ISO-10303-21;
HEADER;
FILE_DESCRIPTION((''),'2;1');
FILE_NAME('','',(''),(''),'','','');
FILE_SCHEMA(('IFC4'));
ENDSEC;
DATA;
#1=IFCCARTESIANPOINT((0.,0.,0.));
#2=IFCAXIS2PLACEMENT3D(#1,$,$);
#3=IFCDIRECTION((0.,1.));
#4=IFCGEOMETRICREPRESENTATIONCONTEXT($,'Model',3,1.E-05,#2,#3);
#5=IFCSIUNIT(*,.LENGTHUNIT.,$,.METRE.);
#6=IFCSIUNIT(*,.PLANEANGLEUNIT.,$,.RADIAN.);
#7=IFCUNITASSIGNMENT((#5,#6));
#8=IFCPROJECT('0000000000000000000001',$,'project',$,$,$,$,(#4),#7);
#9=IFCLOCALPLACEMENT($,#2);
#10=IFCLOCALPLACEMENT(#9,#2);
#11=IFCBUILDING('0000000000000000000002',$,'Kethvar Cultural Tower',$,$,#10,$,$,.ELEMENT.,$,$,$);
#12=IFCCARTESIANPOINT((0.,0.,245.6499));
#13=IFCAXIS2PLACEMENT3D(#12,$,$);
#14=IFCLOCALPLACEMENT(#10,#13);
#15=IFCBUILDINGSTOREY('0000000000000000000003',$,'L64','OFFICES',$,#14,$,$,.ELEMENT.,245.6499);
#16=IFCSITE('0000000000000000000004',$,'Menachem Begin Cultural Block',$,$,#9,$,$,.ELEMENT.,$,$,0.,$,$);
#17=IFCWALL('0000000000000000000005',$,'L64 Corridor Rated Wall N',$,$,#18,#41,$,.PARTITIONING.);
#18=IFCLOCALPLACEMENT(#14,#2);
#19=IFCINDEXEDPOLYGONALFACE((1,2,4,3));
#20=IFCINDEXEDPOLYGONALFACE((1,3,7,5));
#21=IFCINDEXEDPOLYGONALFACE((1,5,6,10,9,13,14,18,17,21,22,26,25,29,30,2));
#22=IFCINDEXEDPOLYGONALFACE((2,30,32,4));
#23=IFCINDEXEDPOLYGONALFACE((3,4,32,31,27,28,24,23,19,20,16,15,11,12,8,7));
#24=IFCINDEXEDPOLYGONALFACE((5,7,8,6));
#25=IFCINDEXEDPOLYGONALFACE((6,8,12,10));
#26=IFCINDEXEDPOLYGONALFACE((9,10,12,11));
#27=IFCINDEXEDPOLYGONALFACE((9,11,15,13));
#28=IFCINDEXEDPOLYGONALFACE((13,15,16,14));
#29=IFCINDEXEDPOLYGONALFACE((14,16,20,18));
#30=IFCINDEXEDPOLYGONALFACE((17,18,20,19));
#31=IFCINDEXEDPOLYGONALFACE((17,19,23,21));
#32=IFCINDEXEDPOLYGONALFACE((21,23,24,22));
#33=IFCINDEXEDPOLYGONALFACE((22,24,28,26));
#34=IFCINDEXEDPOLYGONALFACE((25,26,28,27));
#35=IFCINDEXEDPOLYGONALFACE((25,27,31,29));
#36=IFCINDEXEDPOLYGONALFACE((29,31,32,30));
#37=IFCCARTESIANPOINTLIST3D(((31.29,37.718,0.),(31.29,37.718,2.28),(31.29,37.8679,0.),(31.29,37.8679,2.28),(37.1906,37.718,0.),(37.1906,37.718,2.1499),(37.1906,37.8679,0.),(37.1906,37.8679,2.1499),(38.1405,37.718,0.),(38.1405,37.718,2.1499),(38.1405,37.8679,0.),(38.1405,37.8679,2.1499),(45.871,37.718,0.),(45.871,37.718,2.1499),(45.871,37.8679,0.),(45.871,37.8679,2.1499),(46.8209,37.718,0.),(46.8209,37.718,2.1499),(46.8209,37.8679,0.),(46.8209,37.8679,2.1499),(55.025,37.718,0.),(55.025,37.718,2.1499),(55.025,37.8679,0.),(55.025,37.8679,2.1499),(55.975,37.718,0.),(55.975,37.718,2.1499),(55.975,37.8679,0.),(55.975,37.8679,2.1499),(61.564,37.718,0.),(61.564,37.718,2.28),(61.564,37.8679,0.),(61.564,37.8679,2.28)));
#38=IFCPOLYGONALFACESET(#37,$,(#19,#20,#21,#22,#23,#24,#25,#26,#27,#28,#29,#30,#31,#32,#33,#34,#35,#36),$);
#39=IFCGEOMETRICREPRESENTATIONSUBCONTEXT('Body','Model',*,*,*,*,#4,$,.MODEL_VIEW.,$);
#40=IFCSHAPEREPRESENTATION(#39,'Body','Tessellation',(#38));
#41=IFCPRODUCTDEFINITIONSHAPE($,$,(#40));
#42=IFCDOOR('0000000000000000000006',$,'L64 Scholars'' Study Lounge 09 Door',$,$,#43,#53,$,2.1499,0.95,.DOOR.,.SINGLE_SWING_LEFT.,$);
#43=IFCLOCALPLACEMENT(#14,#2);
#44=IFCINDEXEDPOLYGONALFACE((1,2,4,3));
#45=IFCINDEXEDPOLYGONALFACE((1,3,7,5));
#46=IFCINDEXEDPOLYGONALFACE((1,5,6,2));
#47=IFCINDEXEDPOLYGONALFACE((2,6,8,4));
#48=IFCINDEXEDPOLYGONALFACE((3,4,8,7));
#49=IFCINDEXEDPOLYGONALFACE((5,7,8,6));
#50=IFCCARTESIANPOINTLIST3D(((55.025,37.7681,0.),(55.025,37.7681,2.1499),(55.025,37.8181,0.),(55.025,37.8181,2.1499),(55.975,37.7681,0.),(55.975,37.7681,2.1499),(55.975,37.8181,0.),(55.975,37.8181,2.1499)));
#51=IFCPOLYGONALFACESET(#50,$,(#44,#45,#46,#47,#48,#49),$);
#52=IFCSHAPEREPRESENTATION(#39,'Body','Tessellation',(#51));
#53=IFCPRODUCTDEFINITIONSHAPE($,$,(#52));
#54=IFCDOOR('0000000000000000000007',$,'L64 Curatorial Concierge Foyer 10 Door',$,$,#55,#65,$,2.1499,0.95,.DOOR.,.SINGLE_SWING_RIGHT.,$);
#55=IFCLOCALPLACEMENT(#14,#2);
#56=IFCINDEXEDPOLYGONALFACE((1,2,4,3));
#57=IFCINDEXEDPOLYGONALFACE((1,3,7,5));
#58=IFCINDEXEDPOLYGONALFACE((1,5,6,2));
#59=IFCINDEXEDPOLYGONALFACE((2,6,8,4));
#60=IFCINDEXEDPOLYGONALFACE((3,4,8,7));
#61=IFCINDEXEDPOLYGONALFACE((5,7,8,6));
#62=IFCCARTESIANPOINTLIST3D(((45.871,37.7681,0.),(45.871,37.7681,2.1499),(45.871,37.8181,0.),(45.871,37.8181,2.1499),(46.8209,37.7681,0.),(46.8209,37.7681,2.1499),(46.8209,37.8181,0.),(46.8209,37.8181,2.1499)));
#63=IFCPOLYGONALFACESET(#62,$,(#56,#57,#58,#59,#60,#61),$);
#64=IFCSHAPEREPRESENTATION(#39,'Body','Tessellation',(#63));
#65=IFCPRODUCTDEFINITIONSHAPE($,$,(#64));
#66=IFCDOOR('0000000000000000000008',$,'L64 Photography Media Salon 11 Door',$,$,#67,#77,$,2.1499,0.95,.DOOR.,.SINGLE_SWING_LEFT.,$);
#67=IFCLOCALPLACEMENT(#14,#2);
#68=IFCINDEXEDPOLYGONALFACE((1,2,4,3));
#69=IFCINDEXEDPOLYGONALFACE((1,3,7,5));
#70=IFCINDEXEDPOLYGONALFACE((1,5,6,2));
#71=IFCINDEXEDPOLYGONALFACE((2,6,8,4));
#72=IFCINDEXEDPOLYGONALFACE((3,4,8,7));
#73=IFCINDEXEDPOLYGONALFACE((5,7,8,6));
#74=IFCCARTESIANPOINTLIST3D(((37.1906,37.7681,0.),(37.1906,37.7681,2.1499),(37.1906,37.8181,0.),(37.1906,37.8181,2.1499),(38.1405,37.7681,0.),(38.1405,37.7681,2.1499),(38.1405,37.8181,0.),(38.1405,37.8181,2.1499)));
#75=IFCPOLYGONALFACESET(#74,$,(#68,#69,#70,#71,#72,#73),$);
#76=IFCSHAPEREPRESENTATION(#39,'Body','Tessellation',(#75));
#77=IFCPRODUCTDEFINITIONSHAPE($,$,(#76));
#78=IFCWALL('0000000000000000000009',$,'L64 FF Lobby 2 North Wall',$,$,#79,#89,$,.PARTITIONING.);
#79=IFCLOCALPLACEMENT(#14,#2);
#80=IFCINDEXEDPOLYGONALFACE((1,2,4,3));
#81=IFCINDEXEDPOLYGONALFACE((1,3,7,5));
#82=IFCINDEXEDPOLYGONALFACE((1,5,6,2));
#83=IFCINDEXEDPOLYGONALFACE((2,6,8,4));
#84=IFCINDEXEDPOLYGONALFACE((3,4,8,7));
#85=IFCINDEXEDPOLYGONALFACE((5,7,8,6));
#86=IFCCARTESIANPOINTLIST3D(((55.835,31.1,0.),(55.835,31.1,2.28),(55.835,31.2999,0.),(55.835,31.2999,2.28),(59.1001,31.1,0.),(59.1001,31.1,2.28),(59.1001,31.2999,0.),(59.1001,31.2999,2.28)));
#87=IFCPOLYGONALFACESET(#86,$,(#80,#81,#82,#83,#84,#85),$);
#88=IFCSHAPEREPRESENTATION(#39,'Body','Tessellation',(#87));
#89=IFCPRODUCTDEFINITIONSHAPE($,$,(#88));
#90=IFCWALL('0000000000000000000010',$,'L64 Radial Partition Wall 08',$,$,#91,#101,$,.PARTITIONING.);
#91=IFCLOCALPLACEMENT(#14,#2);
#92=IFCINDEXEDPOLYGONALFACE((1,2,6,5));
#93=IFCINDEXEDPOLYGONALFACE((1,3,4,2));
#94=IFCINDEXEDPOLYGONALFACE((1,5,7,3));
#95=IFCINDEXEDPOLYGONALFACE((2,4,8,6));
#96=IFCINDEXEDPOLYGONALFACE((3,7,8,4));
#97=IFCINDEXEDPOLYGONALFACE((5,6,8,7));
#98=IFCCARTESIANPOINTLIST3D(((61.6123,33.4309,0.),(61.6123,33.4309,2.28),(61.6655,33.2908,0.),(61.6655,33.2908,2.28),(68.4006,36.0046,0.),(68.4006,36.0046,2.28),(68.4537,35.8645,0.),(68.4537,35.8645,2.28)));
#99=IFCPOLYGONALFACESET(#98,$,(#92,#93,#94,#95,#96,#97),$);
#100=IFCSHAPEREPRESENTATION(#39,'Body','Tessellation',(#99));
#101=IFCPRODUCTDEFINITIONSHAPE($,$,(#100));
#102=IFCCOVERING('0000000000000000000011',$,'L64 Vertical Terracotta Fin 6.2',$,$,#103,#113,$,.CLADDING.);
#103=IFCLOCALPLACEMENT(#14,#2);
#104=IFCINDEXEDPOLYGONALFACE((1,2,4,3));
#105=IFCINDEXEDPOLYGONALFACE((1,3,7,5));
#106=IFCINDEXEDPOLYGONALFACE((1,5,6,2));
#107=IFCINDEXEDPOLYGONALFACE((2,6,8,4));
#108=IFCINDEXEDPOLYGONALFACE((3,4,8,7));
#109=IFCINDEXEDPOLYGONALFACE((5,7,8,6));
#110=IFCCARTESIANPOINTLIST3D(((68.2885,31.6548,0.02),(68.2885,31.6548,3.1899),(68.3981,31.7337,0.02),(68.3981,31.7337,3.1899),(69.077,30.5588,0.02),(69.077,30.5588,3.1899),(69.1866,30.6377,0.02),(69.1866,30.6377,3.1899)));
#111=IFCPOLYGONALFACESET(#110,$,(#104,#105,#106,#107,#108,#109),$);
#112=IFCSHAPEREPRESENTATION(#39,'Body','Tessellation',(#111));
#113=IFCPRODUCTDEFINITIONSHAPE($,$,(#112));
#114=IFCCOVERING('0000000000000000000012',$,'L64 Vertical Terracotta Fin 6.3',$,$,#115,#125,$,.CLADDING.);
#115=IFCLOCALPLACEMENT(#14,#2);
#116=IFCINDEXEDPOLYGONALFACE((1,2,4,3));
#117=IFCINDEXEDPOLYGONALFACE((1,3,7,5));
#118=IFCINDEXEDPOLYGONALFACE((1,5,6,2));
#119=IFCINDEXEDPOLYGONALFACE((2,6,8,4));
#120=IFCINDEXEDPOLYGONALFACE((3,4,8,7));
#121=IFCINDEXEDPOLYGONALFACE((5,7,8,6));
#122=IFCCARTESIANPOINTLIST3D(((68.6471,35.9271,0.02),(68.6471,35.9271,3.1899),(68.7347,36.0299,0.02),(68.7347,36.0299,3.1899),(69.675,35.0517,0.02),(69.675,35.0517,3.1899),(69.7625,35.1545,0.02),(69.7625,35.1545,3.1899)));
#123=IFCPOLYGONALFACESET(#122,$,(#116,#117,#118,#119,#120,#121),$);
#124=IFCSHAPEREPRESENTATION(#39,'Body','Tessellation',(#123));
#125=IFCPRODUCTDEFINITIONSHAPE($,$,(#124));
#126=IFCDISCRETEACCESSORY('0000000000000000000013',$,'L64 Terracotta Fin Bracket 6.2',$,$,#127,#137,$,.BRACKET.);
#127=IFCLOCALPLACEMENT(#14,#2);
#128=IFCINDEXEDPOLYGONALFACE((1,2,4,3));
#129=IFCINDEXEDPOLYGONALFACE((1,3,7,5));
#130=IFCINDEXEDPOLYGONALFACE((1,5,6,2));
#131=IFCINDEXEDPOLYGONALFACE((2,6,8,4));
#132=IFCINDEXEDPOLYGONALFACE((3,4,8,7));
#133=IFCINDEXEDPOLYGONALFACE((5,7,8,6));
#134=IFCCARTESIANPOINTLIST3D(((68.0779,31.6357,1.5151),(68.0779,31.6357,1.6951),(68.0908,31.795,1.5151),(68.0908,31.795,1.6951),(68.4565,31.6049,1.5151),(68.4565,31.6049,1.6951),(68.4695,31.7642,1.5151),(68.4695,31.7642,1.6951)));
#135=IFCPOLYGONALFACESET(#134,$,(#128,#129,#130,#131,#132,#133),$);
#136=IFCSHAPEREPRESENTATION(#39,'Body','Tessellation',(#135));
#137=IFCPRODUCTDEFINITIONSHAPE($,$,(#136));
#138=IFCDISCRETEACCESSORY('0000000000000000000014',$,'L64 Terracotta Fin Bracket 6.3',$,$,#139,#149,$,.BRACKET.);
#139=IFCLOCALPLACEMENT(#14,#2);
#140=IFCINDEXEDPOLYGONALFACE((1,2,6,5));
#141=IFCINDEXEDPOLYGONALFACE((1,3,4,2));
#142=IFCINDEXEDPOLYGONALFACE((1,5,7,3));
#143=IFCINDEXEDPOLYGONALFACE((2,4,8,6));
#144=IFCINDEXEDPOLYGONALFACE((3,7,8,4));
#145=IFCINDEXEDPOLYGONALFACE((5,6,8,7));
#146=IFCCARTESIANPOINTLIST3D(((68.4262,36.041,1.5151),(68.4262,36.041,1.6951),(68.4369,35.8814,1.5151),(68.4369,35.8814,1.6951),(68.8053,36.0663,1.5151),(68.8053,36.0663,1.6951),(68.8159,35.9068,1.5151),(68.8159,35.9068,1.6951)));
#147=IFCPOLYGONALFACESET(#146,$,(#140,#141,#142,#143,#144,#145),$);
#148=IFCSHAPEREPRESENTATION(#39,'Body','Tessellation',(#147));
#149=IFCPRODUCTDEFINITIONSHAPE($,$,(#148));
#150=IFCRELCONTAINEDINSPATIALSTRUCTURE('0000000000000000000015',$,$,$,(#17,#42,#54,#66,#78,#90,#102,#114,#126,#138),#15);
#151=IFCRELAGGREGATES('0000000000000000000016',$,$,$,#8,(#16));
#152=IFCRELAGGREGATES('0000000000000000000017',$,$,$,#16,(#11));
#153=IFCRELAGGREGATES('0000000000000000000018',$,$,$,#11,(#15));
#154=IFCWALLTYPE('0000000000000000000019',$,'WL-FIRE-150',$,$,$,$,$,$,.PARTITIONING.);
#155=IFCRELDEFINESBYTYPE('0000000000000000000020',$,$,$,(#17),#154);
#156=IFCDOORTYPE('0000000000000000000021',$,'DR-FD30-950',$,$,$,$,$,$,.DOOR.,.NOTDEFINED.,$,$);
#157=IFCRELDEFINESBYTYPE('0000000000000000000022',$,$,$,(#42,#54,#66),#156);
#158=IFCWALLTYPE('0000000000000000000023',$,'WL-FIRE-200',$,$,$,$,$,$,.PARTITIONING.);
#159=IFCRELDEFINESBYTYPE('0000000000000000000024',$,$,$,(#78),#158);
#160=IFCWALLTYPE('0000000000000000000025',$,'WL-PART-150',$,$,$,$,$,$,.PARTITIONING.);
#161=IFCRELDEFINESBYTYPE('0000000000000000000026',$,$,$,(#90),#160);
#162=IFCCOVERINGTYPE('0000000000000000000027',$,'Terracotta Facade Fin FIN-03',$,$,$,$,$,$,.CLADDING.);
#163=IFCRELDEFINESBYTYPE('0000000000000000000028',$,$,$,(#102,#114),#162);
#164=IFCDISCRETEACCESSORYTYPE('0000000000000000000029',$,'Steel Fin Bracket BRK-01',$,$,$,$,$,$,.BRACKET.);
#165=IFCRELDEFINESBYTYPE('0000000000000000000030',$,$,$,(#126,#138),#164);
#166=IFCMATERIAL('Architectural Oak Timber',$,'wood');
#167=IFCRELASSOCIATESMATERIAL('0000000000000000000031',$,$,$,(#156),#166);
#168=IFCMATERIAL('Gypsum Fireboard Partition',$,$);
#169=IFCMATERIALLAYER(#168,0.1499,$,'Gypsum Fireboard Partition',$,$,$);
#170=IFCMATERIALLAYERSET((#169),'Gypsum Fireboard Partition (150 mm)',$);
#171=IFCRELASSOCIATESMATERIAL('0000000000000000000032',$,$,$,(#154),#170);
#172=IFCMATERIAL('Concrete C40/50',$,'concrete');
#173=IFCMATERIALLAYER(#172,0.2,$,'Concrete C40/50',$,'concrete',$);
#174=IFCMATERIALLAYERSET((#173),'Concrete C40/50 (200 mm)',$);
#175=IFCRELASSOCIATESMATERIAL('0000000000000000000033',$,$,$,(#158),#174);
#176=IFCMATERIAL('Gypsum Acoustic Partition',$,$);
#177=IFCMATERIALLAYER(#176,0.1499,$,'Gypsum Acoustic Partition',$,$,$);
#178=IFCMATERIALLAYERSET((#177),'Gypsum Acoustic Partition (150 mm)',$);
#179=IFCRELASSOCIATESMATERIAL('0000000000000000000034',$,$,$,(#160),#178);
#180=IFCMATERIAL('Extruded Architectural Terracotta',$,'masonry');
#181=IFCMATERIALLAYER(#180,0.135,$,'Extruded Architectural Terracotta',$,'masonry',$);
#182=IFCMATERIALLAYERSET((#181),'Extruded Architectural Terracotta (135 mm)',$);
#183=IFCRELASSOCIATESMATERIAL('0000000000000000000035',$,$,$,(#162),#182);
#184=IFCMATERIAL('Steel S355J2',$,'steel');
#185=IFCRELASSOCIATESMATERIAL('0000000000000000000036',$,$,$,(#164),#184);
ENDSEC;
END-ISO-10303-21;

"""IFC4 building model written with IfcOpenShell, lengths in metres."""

from ifc_helpers import new_model, si_unit, direction, frame, frame_2d, origin, origin_2d, place, context, subcontext, project, spatial, rectangle, extrude, source, transform, mapped, material, layer, layer_set, type_object, element, fill, save


model = new_model("IFC4")

# Units and contexts
model_context = context("Model", 3, precision=1e-05, world=origin(), true_north=direction((0.0, 1.0)))
body_context = subcontext(model_context, "Body", "Model", "MODEL_VIEW")
ifc_project = project(units=[si_unit("LENGTHUNIT", "METRE"), si_unit("PLANEANGLEUNIT", "RADIAN")], contexts=[model_context])

# Site, building, storey
site_placement = place(None, origin())
site = spatial("IfcSite", under=ifc_project, at=site_placement, Name="Menachem Begin Cultural Block", CompositionType="ELEMENT", RefElevation=0.0)
building_placement = place(site_placement, origin())
building = spatial("IfcBuilding", under=site, at=building_placement, Name="Kethvar Cultural Tower", CompositionType="ELEMENT")
storey_placement = place(building_placement, frame((0.0, 0.0, 245.6499)))
storey = spatial("IfcBuildingStorey", under=building, at=storey_placement, Name="L64", Description="OFFICES", CompositionType="ELEMENT", Elevation=245.6499)

# Shared definitions
ifc_material_1 = material(Name="Steel S355J2", Category="steel")

# Wall, openings, doors
ifc_material_2 = material(Name="Architectural Oak Timber", Category="wood")
door_type_1 = type_object("IfcDoorType", Name="DR-FD30-950", OperationType="NOTDEFINED", PredefinedType="DOOR", material=ifc_material_2)
shared_shape_1 = source(origin(), body_context, "Body", "SweptSolid", [
    extrude(rectangle(XDim=0.95, YDim=2.1499, at=frame_2d((0.4751, 1.075))), frame((0.0, 0.0249, 0.0), z_axis=(0.0, -1.0, 0.0), x_axis=(1.0, 0.0, 0.0)), (0.0, 0.0, 1.0), 0.05),
])
ifc_material_3 = material(Name="Gypsum Fireboard Partition")
ifc_layer_1 = layer(ifc_material_3, 0.1499, Name="Gypsum Fireboard Partition")
ifc_layer_set_1 = layer_set([ifc_layer_1], Name="Gypsum Fireboard Partition (150 mm)")
wall_type_1 = type_object("IfcWallType", Name="WL-FIRE-150", PredefinedType="PARTITIONING", material=ifc_layer_set_1)
wall_1_placement = place(storey_placement, frame((61.564, 37.793, 0.0), z_axis=(0.0, 0.0, 1.0), x_axis=(-1.0, 0.0, 0.0)))
wall_1 = element("IfcWall", 1, at=wall_1_placement, inside=storey, type_object=wall_type_1, Name="L64 Corridor Rated Wall N", PredefinedType="PARTITIONING", context=body_context, shape_type="SweptSolid", body=[
    extrude(rectangle(XDim=30.2739, YDim=0.1499, at=frame_2d((15.137, 0.0))), origin(), (0.0, 0.0, 1.0), 2.28),
])
opening_1_placement = place(wall_1_placement, frame((5.5889, 0.0, 0.0)))
opening_1 = element("IfcOpeningElement", 2, at=opening_1_placement, cuts=wall_1, PredefinedType="OPENING", context=body_context, shape_type="SweptSolid", body=[
    extrude(rectangle(XDim=0.95, YDim=2.1499, at=frame_2d((0.4751, 1.075))), frame((0.0, 0.085, 0.0), z_axis=(0.0, -1.0, 0.0), x_axis=(1.0, 0.0, 0.0)), (0.0, 0.0, 1.0), 0.1699),
])
opening_2_placement = place(wall_1_placement, frame((14.7429, 0.0, 0.0)))
opening_2 = element("IfcOpeningElement", 3, at=opening_2_placement, cuts=wall_1, PredefinedType="OPENING", context=body_context, shape_type="SweptSolid", body=[
    extrude(rectangle(XDim=0.95, YDim=2.1499, at=frame_2d((0.4751, 1.075))), frame((0.0, 0.085, 0.0), z_axis=(0.0, -1.0, 0.0), x_axis=(1.0, 0.0, 0.0)), (0.0, 0.0, 1.0), 0.1699),
])
opening_3_placement = place(wall_1_placement, frame((23.4233, 0.0, 0.0)))
opening_3 = element("IfcOpeningElement", 4, at=opening_3_placement, cuts=wall_1, PredefinedType="OPENING", context=body_context, shape_type="SweptSolid", body=[
    extrude(rectangle(XDim=0.95, YDim=2.1499, at=frame_2d((0.4751, 1.075))), frame((0.0, 0.085, 0.0), z_axis=(0.0, -1.0, 0.0), x_axis=(1.0, 0.0, 0.0)), (0.0, 0.0, 1.0), 0.1699),
])
door_1_placement = place(opening_1_placement, origin())
door_1 = element("IfcDoor", 5, at=door_1_placement, inside=storey, type_object=door_type_1, Name="L64 Scholars' Study Lounge 09 Door", OperationType="SINGLE_SWING_LEFT", OverallHeight=2.1499, OverallWidth=0.95, PredefinedType="DOOR", context=body_context, shape_type="MappedRepresentation", body=[
    mapped(shared_shape_1, transform((0.0, 0.0, 0.0), scale=1.0)),
])
fill(opening_1, door_1)
door_2_placement = place(opening_2_placement, origin())
door_2 = element("IfcDoor", 6, at=door_2_placement, inside=storey, type_object=door_type_1, Name="L64 Curatorial Concierge Foyer 10 Door", OperationType="SINGLE_SWING_RIGHT", OverallHeight=2.1499, OverallWidth=0.95, PredefinedType="DOOR", context=body_context, shape_type="MappedRepresentation", body=[
    mapped(shared_shape_1, transform((0.0, 0.0, 0.0), scale=1.0)),
])
fill(opening_2, door_2)
door_3_placement = place(opening_3_placement, origin())
door_3 = element("IfcDoor", 7, at=door_3_placement, inside=storey, type_object=door_type_1, Name="L64 Photography Media Salon 11 Door", OperationType="SINGLE_SWING_LEFT", OverallHeight=2.1499, OverallWidth=0.95, PredefinedType="DOOR", context=body_context, shape_type="MappedRepresentation", body=[
    mapped(shared_shape_1, transform((0.0, 0.0, 0.0), scale=1.0)),
])
fill(opening_3, door_3)

# Walls
ifc_material_4 = material(Name="Concrete C40/50", Category="concrete")
ifc_layer_2 = layer(ifc_material_4, 0.2, Name="Concrete C40/50", Category="concrete")
ifc_layer_set_2 = layer_set([ifc_layer_2], Name="Concrete C40/50 (200 mm)")
wall_type_2 = type_object("IfcWallType", Name="WL-FIRE-200", PredefinedType="PARTITIONING", material=ifc_layer_set_2)
wall_2_placement = place(storey_placement, frame((55.835, 31.2, 0.0), z_axis=(0.0, 0.0, 1.0), x_axis=(1.0, 0.0, 0.0)))
element("IfcWall", 8, at=wall_2_placement, inside=storey, type_object=wall_type_2, Name="L64 FF Lobby 2 North Wall", PredefinedType="PARTITIONING", context=body_context, shape_type="SweptSolid", body=[
    extrude(rectangle(XDim=3.2651, YDim=0.2, at=frame_2d((1.6326, 0.0))), origin(), (0.0, 0.0, 1.0), 2.28),
])
ifc_material_5 = material(Name="Gypsum Acoustic Partition")
ifc_layer_3 = layer(ifc_material_5, 0.1499, Name="Gypsum Acoustic Partition")
ifc_layer_set_3 = layer_set([ifc_layer_3], Name="Gypsum Acoustic Partition (150 mm)")
wall_type_3 = type_object("IfcWallType", Name="WL-PART-150", PredefinedType="PARTITIONING", material=ifc_layer_set_3)
wall_3_placement = place(storey_placement, frame((61.6389, 33.3608, 0.0), z_axis=(0.0, 0.0, 1.0), x_axis=(0.93505, 0.354515, 0.0)))
element("IfcWall", 9, at=wall_3_placement, inside=storey, type_object=wall_type_3, Name="L64 Radial Partition Wall 08", PredefinedType="PARTITIONING", context=body_context, shape_type="SweptSolid", body=[
    extrude(rectangle(XDim=7.2598, YDim=0.1499, at=frame_2d((3.6299, 0.0))), origin(), (0.0, 0.0, 1.0), 2.28),
])

# Coverings
ifc_material_6 = material(Name="Extruded Architectural Terracotta", Category="masonry")
ifc_layer_4 = layer(ifc_material_6, 0.135, Name="Extruded Architectural Terracotta", Category="masonry")
ifc_layer_set_4 = layer_set([ifc_layer_4], Name="Extruded Architectural Terracotta (135 mm)")
covering_type = type_object("IfcCoveringType", Name="Terracotta Facade Fin FIN-03", PredefinedType="CLADDING", material=ifc_layer_set_4)
shared_shape_2 = source(origin(), body_context, "Body", "SweptSolid", [
    extrude(rectangle(XDim=1.3501, YDim=0.135, at=origin_2d()), origin(), (0.0, 0.0, 1.0), 3.1699),
])
for number, where, z_axis, x_axis, name in (
    (10, (68.7375, 31.1462, 0.02), (0.0, 0.0, 1.0), (0.583966, -0.811778, 0.0), "L64 Vertical Terracotta Fin 6.2"),
    (11, (69.2048, 35.5408, 0.02), (0.0, 0.0, 1.0), (0.761312, -0.648386, 0.0), "L64 Vertical Terracotta Fin 6.3"),
):
    element("IfcCovering", number, at=place(storey_placement, frame(where, z_axis=z_axis, x_axis=x_axis)), inside=storey, type_object=covering_type, Name=name, PredefinedType="CLADDING", context=body_context, shape_type="MappedRepresentation", body=[
        mapped(shared_shape_2, transform((0.0, 0.0, 0.0), scale=1.0)),
    ])

# Discrete accessories
discrete_accessory_type = type_object("IfcDiscreteAccessoryType", Name="Steel Fin Bracket BRK-01", PredefinedType="BRACKET", material=ifc_material_1)
shared_shape_3 = source(origin(), body_context, "Body", "SweptSolid", [
    extrude(rectangle(XDim=0.3799, YDim=0.1599, at=origin_2d()), origin(), (0.0, 0.0, 1.0), 0.1799),
])
for number, where, z_axis, x_axis, name in (
    (12, (68.2737, 31.7, 1.5151), (0.0, 0.0, 1.0), (0.996709, -0.081069, 0.0), "L64 Terracotta Fin Bracket 6.2"),
    (13, (68.6211, 35.9739, 1.5151), (0.0, 0.0, 1.0), (0.997778, 0.066622, 0.0), "L64 Terracotta Fin Bracket 6.3"),
):
    element("IfcDiscreteAccessory", number, at=place(storey_placement, frame(where, z_axis=z_axis, x_axis=x_axis)), inside=storey, type_object=discrete_accessory_type, Name=name, PredefinedType="BRACKET", context=body_context, shape_type="MappedRepresentation", body=[
        mapped(shared_shape_3, transform((0.0, 0.0, 0.0), scale=1.0)),
    ])

save(model, "model.ifc")
